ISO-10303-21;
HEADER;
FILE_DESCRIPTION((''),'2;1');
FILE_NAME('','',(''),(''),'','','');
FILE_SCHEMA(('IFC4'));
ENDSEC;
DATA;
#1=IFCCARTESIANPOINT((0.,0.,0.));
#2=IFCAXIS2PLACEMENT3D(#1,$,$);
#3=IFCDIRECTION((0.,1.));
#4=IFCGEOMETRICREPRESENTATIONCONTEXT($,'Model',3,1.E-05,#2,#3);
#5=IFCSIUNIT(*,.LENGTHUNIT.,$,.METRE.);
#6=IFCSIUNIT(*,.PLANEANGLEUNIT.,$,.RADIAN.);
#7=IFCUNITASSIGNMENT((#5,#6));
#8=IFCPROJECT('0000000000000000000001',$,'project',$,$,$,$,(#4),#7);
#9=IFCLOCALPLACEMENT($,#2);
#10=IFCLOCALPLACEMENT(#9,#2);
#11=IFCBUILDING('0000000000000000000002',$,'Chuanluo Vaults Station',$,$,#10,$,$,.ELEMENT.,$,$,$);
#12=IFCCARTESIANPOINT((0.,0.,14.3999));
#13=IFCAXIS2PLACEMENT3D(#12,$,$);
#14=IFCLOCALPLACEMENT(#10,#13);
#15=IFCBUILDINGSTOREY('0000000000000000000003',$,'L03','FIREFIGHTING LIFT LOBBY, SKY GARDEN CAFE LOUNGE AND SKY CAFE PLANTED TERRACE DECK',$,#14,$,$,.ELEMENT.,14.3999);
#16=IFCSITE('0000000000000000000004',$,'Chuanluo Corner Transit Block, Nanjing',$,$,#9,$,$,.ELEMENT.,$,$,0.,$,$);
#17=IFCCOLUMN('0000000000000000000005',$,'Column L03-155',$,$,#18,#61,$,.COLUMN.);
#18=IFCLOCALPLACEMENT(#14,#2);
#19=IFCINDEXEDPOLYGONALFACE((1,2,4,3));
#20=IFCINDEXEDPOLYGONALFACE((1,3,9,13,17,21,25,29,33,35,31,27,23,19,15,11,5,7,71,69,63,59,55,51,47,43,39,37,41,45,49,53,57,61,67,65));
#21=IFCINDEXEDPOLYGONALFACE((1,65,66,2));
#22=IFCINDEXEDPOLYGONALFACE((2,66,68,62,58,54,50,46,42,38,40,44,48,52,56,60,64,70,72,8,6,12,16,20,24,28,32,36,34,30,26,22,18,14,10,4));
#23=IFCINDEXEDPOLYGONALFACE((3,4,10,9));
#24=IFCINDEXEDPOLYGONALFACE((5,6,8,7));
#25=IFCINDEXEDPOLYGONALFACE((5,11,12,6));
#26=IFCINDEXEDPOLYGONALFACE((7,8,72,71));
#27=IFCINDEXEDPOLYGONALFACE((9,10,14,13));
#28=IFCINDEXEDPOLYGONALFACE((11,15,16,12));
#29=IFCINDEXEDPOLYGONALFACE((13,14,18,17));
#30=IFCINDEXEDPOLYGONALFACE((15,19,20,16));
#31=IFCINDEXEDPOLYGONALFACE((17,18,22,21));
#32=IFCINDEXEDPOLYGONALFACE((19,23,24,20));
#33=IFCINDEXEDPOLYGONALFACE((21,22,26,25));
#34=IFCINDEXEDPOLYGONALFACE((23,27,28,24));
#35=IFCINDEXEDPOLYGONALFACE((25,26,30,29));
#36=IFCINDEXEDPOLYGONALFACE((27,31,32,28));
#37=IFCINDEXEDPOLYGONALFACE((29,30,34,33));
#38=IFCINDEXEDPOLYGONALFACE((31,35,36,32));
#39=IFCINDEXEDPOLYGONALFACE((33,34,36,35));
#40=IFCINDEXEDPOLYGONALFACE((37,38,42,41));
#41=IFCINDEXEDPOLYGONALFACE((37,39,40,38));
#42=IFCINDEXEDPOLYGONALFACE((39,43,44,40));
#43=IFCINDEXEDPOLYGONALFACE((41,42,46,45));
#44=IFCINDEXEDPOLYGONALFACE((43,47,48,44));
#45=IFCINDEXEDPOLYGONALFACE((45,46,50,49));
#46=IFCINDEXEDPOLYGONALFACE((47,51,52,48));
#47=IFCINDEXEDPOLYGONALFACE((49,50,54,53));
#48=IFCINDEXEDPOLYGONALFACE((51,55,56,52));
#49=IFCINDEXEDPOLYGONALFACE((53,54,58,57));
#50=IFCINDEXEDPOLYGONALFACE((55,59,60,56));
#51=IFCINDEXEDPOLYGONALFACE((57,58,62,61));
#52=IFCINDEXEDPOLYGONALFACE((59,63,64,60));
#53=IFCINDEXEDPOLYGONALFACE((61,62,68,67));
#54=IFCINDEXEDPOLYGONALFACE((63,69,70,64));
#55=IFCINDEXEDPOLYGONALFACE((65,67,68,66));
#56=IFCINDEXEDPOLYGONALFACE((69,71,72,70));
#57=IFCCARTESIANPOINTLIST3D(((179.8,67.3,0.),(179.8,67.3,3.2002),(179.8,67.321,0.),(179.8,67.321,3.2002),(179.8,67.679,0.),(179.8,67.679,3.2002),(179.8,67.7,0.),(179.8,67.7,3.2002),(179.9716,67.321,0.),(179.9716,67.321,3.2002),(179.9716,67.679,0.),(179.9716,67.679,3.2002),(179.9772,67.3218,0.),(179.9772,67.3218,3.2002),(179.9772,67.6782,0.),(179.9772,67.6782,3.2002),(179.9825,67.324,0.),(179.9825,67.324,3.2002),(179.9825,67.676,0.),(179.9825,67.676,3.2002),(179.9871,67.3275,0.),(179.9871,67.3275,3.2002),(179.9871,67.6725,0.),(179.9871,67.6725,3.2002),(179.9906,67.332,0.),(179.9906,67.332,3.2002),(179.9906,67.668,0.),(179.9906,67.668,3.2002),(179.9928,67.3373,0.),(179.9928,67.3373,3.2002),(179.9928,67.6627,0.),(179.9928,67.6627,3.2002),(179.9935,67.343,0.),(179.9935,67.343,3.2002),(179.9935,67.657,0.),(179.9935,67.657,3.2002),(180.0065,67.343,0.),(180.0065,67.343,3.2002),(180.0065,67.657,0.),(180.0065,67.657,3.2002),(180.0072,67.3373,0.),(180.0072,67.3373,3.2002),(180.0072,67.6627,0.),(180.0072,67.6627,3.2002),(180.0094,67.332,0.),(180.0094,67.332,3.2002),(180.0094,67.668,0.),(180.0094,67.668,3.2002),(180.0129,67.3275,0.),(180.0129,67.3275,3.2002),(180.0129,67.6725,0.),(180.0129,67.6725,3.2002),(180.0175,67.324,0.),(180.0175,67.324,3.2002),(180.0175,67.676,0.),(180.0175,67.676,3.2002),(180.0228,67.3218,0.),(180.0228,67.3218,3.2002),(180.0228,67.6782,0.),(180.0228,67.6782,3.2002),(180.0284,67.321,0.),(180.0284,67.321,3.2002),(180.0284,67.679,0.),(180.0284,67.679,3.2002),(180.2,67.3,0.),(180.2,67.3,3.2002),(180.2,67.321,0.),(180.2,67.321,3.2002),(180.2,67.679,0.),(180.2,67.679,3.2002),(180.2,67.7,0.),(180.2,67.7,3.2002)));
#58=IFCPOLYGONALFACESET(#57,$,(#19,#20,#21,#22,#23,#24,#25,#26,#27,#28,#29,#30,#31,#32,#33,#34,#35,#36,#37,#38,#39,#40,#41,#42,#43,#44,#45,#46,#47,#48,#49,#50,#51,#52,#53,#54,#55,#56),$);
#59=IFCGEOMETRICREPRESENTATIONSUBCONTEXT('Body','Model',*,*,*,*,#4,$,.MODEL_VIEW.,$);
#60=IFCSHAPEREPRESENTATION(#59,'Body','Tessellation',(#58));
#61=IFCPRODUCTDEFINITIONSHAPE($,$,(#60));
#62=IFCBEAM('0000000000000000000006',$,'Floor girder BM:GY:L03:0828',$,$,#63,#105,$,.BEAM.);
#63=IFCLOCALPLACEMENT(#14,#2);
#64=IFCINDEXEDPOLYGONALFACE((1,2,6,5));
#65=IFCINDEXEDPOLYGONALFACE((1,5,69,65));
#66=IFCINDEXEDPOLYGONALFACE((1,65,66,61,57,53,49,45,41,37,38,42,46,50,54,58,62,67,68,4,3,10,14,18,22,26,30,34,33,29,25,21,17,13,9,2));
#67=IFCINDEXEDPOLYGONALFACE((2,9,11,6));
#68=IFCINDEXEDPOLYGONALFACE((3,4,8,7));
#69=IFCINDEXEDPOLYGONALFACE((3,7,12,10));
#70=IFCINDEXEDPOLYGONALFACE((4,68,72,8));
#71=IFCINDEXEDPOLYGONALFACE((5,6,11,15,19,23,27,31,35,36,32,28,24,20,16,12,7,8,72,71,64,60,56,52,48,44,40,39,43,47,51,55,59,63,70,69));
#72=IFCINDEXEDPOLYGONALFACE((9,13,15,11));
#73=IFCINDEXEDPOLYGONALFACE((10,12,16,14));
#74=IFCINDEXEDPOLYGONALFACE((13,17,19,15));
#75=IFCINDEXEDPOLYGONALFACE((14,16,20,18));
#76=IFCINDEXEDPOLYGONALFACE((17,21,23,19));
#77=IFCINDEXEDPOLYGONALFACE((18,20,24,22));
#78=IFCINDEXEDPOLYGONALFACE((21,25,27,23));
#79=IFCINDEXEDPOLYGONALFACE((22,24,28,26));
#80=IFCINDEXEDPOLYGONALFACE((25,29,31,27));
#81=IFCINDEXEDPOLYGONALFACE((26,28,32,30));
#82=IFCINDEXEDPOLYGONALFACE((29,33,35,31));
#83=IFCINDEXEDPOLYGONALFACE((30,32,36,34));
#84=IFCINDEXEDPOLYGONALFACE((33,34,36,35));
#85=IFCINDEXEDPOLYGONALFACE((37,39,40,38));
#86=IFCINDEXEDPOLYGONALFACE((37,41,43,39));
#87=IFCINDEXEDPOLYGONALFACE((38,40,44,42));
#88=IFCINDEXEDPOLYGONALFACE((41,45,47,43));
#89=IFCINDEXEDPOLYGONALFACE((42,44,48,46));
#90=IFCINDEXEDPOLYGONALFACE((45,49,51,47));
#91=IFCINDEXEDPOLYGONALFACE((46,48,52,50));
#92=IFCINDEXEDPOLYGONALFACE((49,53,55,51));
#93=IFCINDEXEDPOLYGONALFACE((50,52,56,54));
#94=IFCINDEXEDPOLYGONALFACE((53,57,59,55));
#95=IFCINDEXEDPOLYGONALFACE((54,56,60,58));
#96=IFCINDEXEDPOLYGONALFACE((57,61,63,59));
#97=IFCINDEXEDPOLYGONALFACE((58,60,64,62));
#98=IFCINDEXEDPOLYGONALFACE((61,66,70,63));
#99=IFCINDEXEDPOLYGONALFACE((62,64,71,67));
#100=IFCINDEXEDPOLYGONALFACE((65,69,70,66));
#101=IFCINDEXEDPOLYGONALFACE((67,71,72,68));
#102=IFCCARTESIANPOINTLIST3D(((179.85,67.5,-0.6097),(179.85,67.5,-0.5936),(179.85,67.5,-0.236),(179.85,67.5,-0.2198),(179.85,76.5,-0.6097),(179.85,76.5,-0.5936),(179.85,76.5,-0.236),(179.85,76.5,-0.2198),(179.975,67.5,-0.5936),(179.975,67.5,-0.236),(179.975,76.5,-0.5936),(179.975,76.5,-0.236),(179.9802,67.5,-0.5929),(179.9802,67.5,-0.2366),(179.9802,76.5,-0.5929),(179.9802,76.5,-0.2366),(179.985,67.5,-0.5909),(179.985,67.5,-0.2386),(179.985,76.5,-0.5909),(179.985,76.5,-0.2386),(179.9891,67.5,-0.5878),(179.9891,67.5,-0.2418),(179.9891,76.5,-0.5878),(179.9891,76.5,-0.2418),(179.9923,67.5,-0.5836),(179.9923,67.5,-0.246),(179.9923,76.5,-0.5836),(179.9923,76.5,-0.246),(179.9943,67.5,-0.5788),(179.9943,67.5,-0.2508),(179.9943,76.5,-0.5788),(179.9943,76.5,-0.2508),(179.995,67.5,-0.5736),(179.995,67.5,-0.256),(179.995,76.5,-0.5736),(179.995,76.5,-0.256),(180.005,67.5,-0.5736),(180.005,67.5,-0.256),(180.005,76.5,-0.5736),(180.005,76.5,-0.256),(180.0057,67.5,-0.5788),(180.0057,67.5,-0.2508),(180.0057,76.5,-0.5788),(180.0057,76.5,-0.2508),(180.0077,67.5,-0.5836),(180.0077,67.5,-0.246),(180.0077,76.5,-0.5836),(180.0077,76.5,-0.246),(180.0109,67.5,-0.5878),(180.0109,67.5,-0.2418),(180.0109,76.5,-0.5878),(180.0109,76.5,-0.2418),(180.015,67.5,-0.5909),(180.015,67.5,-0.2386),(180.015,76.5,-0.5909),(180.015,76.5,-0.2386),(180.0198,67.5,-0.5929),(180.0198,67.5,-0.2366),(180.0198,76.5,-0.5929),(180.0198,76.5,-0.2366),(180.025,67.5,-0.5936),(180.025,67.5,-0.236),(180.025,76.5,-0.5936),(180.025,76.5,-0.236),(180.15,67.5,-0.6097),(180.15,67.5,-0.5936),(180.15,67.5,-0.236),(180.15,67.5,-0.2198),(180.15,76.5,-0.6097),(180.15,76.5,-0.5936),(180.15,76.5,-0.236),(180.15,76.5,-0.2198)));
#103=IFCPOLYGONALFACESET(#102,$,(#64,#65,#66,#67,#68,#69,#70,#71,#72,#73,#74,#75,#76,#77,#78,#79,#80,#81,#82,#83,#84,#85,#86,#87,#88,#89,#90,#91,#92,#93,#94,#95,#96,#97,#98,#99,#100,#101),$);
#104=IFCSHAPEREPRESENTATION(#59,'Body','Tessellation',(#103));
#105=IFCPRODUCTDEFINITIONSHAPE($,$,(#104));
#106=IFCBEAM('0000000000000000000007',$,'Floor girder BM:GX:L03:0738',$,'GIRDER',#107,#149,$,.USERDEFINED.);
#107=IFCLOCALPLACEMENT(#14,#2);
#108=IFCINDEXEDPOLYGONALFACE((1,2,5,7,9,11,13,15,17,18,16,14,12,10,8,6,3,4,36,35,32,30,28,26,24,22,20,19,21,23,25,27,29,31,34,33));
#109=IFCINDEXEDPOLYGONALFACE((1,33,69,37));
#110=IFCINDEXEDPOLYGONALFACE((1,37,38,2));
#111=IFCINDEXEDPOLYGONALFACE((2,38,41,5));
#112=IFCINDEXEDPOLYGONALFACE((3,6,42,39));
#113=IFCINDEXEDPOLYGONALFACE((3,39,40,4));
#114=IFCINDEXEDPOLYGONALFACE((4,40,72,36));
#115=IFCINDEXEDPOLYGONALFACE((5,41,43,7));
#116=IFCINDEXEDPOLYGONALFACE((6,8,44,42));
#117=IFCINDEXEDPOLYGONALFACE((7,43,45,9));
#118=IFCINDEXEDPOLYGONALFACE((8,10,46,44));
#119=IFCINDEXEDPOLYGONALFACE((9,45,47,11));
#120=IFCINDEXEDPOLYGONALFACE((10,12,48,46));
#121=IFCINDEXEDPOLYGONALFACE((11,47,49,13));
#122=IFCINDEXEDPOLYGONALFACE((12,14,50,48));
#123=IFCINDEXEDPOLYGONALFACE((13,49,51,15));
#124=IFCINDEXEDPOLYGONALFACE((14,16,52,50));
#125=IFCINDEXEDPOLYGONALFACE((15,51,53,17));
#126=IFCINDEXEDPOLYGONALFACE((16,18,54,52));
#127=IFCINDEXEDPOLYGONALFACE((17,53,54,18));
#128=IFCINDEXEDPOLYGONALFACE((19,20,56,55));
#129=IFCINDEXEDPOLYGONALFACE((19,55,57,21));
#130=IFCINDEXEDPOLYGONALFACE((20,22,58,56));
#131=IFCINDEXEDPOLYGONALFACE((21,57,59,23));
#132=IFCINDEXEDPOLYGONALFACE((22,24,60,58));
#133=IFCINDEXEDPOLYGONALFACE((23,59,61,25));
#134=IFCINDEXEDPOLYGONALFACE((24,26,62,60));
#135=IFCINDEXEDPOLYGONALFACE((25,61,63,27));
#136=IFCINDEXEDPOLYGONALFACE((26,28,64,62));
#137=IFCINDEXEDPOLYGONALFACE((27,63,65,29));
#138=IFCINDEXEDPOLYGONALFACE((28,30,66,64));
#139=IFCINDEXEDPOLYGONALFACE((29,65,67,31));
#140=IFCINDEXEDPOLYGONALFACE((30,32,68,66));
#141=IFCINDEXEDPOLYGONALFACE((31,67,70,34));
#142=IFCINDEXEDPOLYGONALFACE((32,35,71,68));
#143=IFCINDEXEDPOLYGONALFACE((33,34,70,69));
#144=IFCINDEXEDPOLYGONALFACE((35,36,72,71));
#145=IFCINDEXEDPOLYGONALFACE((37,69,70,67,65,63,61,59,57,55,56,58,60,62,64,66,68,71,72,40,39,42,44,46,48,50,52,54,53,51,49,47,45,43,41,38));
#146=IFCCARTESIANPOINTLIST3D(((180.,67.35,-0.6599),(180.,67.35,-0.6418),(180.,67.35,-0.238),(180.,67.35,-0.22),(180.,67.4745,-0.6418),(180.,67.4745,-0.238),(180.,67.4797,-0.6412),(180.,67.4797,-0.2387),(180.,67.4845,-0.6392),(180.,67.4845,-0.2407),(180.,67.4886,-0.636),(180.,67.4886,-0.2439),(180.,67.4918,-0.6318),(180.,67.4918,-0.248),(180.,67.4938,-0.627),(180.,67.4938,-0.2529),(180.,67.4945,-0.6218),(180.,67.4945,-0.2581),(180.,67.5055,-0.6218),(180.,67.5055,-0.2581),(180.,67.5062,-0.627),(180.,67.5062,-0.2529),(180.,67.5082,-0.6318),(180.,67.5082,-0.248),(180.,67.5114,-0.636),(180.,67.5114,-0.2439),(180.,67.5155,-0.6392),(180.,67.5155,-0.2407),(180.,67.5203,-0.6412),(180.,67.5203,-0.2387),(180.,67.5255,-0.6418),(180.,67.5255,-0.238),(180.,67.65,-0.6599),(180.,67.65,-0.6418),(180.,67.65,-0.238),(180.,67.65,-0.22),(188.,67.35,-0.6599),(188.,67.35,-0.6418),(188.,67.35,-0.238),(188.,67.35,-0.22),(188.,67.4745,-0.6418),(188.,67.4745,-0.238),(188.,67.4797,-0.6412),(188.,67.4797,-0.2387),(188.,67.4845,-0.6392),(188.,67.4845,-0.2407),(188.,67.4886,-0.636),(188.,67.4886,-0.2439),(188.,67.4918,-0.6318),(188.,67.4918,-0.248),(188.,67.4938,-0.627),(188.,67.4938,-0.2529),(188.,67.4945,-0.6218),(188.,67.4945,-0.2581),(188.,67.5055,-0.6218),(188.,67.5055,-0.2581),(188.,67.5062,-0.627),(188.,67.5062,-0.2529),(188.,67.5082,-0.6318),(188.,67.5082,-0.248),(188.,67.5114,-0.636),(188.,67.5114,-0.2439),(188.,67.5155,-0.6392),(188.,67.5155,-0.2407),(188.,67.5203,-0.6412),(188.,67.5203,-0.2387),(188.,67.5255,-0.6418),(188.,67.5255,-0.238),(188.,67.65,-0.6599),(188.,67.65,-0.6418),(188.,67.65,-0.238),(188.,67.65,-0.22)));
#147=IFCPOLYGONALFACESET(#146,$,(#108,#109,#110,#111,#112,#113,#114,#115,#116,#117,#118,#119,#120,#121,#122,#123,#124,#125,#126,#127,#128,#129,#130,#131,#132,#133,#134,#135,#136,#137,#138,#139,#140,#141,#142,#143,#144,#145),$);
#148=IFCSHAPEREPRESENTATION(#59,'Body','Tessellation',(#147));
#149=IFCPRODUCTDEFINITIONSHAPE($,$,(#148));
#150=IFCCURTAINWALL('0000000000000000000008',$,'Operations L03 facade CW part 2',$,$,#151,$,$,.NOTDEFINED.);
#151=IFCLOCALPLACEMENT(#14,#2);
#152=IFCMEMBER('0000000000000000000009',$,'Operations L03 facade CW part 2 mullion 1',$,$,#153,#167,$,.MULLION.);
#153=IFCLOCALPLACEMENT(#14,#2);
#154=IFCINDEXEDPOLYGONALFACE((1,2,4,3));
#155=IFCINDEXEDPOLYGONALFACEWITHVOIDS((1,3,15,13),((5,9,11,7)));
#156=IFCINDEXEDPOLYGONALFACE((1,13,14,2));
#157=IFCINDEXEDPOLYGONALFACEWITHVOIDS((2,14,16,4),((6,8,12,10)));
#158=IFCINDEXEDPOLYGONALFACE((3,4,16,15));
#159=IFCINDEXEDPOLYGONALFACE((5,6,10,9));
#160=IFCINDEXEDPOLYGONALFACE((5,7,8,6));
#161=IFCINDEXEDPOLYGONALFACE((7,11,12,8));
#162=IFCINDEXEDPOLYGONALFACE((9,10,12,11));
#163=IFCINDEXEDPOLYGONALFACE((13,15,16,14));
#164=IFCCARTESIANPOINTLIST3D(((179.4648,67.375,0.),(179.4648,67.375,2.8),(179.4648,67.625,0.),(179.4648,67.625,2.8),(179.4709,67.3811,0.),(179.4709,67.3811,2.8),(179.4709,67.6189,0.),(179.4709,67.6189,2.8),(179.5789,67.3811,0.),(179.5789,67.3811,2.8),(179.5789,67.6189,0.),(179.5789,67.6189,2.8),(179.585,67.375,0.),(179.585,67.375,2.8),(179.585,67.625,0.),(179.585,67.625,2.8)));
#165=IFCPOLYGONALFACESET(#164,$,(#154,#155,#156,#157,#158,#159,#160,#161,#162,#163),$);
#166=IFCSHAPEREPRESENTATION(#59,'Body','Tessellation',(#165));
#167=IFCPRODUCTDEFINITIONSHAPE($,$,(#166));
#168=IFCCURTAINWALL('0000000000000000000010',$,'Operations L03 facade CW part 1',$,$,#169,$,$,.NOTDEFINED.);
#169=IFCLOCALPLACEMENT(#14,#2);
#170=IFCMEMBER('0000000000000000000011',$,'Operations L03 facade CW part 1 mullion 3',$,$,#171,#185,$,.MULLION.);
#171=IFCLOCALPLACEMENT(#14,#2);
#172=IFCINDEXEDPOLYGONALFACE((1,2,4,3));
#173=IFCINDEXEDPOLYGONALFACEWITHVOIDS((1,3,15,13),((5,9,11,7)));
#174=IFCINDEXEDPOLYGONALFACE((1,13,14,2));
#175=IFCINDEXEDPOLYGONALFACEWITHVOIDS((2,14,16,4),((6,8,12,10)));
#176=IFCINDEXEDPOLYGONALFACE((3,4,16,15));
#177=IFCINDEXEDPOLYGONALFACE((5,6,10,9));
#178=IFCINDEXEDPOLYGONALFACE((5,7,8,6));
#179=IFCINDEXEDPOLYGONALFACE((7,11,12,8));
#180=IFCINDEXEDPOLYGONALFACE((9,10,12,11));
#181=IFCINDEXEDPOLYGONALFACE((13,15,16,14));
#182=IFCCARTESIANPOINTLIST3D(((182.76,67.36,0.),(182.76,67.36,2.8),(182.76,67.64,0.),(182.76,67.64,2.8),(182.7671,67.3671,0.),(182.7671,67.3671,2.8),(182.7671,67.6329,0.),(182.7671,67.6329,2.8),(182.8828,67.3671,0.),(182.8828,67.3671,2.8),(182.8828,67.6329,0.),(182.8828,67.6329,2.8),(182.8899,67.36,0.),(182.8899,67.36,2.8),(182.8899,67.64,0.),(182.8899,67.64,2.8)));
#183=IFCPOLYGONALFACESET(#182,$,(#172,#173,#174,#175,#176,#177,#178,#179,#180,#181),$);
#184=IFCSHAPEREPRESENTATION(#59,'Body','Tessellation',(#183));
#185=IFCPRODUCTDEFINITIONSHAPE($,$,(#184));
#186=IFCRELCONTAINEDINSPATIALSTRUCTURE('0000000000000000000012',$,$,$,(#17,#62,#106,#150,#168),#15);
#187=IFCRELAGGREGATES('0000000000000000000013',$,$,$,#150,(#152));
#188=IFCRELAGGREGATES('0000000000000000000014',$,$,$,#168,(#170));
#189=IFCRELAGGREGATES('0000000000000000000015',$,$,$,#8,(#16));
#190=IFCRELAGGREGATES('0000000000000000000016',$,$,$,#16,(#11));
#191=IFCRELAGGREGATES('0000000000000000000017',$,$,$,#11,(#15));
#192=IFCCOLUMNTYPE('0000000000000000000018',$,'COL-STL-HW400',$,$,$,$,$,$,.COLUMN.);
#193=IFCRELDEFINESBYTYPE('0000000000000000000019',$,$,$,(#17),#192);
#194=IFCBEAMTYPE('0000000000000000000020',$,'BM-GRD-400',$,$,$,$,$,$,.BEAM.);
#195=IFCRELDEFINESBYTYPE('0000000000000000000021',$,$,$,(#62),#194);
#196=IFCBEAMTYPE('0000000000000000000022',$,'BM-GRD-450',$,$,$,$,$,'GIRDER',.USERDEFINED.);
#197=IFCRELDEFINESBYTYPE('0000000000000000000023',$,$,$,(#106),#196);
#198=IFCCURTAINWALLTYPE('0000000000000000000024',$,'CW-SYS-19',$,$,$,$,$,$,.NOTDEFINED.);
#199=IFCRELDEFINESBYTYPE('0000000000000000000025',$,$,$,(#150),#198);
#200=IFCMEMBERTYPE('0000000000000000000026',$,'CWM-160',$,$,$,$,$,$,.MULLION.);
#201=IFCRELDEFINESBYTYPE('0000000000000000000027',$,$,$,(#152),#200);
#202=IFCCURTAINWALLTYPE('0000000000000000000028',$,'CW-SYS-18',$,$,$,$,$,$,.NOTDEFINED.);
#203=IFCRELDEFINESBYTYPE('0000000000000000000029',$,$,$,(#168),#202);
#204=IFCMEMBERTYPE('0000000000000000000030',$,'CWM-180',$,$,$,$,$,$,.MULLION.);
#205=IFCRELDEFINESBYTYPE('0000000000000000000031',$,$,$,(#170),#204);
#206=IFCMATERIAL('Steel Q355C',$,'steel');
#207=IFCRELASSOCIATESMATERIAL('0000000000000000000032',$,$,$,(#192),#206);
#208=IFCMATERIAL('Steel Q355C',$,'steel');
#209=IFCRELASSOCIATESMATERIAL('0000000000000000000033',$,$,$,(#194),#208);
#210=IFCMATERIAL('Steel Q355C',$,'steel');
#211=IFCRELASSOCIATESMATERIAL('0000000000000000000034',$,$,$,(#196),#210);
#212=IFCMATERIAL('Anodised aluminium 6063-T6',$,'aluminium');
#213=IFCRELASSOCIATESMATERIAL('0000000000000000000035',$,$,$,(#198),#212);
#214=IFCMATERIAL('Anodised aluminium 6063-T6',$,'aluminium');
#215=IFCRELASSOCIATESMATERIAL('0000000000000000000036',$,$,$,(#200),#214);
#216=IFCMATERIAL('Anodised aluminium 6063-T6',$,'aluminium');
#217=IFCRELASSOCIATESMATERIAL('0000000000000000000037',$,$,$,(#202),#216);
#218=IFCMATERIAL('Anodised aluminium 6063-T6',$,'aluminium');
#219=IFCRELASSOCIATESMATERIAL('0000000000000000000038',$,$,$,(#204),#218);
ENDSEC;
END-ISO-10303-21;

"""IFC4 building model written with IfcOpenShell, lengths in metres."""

from ifc_helpers import new_model, si_unit, direction, frame, origin, origin_2d, place, context, subcontext, project, spatial, hollow_rectangle, i_section, extrude, material, material_profile, profile_set, type_object, element, aggregate, save


model = new_model("IFC4")

# Units and contexts
model_context = context("Model", 3, precision=1e-05, world=origin(), true_north=direction((0.0, 1.0)))
body_context = subcontext(model_context, "Body", "Model", "MODEL_VIEW")
ifc_project = project(units=[si_unit("LENGTHUNIT", "METRE"), si_unit("PLANEANGLEUNIT", "RADIAN")], contexts=[model_context])

# Site, building, storey
site_placement = place(None, origin())
site = spatial("IfcSite", under=ifc_project, at=site_placement, Name="Chuanluo Corner Transit Block, Nanjing", CompositionType="ELEMENT", RefElevation=0.0)
building_placement = place(site_placement, origin())
building = spatial("IfcBuilding", under=site, at=building_placement, Name="Chuanluo Vaults Station", CompositionType="ELEMENT")
storey_placement = place(building_placement, frame((0.0, 0.0, 14.3999)))
storey = spatial("IfcBuildingStorey", under=building, at=storey_placement, Name="L03", Description="FIREFIGHTING LIFT LOBBY, SKY GARDEN CAFE LOUNGE AND SKY CAFE PLANTED TERRACE DECK", CompositionType="ELEMENT", Elevation=14.3999)

# Column
ifc_material_1 = material(Name="Steel Q355C", Category="steel")
ifc_material_profile_1 = material_profile(ifc_material_1, i_section(OverallWidth=0.3999, OverallDepth=0.3999, WebThickness=0.0129, FlangeThickness=0.021, FilletRadius=0.022, at=origin_2d()))
ifc_profile_set_1 = profile_set([ifc_material_profile_1], Name="Steel Q355C")
column_type = type_object("IfcColumnType", Name="COL-STL-HW400", PredefinedType="COLUMN", material=ifc_profile_set_1)
column_placement = place(storey_placement, frame((180.0, 67.5, 0.0), z_axis=(0.0, 0.0, 1.0), x_axis=(1.0, 0.0, 0.0)))
element("IfcColumn", 1, at=column_placement, inside=storey, type_object=column_type, Name="Column L03-155", PredefinedType="COLUMN", context=body_context, shape_type="SweptSolid", body=[
    extrude(i_section(OverallWidth=0.3999, OverallDepth=0.3999, WebThickness=0.0129, FlangeThickness=0.021, FilletRadius=0.022, at=origin_2d()), origin(), (0.0, 0.0, 1.0), 3.2002),
])

# Beams
ifc_material_2 = material(Name="Steel Q355C", Category="steel")
ifc_material_profile_2 = material_profile(ifc_material_2, i_section(OverallWidth=0.3, OverallDepth=0.3899, WebThickness=0.01, FlangeThickness=0.0161, FilletRadius=0.02, at=origin_2d()))
ifc_profile_set_2 = profile_set([ifc_material_profile_2], Name="Steel Q355C")
beam_type_1 = type_object("IfcBeamType", Name="BM-GRD-400", PredefinedType="BEAM", material=ifc_profile_set_2)
beam_1_placement = place(storey_placement, frame((180.0, 67.5, -0.4148), z_axis=(0.0, 1.0, 0.0), x_axis=(-1.0, 0.0, 0.0)))
element("IfcBeam", 2, at=beam_1_placement, inside=storey, type_object=beam_type_1, Name="Floor girder BM:GY:L03:0828", PredefinedType="BEAM", context=body_context, shape_type="SweptSolid", body=[
    extrude(i_section(OverallWidth=0.3, OverallDepth=0.3899, WebThickness=0.01, FlangeThickness=0.0161, FilletRadius=0.02, at=origin_2d()), origin(), (0.0, 0.0, 1.0), 9.0),
])
ifc_material_3 = material(Name="Steel Q355C", Category="steel")
ifc_material_profile_3 = material_profile(ifc_material_3, i_section(OverallWidth=0.3, OverallDepth=0.4399, WebThickness=0.011, FlangeThickness=0.0181, FilletRadius=0.02, at=origin_2d()))
ifc_profile_set_3 = profile_set([ifc_material_profile_3], Name="Steel Q355C")
beam_type_2 = type_object("IfcBeamType", Name="BM-GRD-450", ElementType="GIRDER", PredefinedType="USERDEFINED", material=ifc_profile_set_3)
beam_2_placement = place(storey_placement, frame((180.0, 67.5, -0.4399), z_axis=(1.0, 0.0, 0.0), x_axis=(0.0, 1.0, 0.0)))
element("IfcBeam", 3, at=beam_2_placement, inside=storey, type_object=beam_type_2, Name="Floor girder BM:GX:L03:0738", ObjectType="GIRDER", PredefinedType="USERDEFINED", context=body_context, shape_type="SweptSolid", body=[
    extrude(i_section(OverallWidth=0.3, OverallDepth=0.4399, WebThickness=0.011, FlangeThickness=0.0181, FilletRadius=0.02, at=origin_2d()), origin(), (0.0, 0.0, 1.0), 8.0),
])

# Curtain wall, member
ifc_material_4 = material(Name="Anodised aluminium 6063-T6", Category="aluminium")
curtain_wall_type_1 = type_object("IfcCurtainWallType", Name="CW-SYS-19", PredefinedType="NOTDEFINED", material=ifc_material_4)
curtain_wall_1_placement = place(storey_placement, origin())
curtain_wall_1 = element("IfcCurtainWall", 4, at=curtain_wall_1_placement, inside=storey, type_object=curtain_wall_type_1, Name="Operations L03 facade CW part 2", PredefinedType="NOTDEFINED")
ifc_material_5 = material(Name="Anodised aluminium 6063-T6", Category="aluminium")
ifc_material_profile_4 = material_profile(ifc_material_5, hollow_rectangle(XDim=0.1201, YDim=0.25, WallThickness=0.0061, at=origin_2d()))
ifc_profile_set_4 = profile_set([ifc_material_profile_4], Name="Anodised aluminium 6063-T6")
member_type_1 = type_object("IfcMemberType", Name="CWM-160", PredefinedType="MULLION", material=ifc_profile_set_4)
member_1_placement = place(storey_placement, frame((179.5249, 67.5, 0.0), z_axis=(0.0, 0.0, 1.0), x_axis=(-1.0, 0.0, 0.0)))
member_1 = element("IfcMember", 5, at=member_1_placement, type_object=member_type_1, Name="Operations L03 facade CW part 2 mullion 1", PredefinedType="MULLION", context=body_context, shape_type="SweptSolid", body=[
    extrude(hollow_rectangle(XDim=0.1201, YDim=0.25, WallThickness=0.0061, at=origin_2d()), origin(), (0.0, 0.0, 1.0), 2.8),
])

# Curtain wall, member
ifc_material_6 = material(Name="Anodised aluminium 6063-T6", Category="aluminium")
curtain_wall_type_2 = type_object("IfcCurtainWallType", Name="CW-SYS-18", PredefinedType="NOTDEFINED", material=ifc_material_6)
curtain_wall_2_placement = place(storey_placement, origin())
curtain_wall_2 = element("IfcCurtainWall", 6, at=curtain_wall_2_placement, inside=storey, type_object=curtain_wall_type_2, Name="Operations L03 facade CW part 1", PredefinedType="NOTDEFINED")
ifc_material_7 = material(Name="Anodised aluminium 6063-T6", Category="aluminium")
ifc_material_profile_5 = material_profile(ifc_material_7, hollow_rectangle(XDim=0.1299, YDim=0.28, WallThickness=0.0071, at=origin_2d()))
ifc_profile_set_5 = profile_set([ifc_material_profile_5], Name="Anodised aluminium 6063-T6")
member_type_2 = type_object("IfcMemberType", Name="CWM-180", PredefinedType="MULLION", material=ifc_profile_set_5)
member_2_placement = place(storey_placement, frame((182.825, 67.5, 0.0), z_axis=(0.0, 0.0, 1.0), x_axis=(-1.0, 0.0, 0.0)))
member_2 = element("IfcMember", 7, at=member_2_placement, type_object=member_type_2, Name="Operations L03 facade CW part 1 mullion 3", PredefinedType="MULLION", context=body_context, shape_type="SweptSolid", body=[
    extrude(hollow_rectangle(XDim=0.1299, YDim=0.28, WallThickness=0.0071, at=origin_2d()), origin(), (0.0, 0.0, 1.0), 2.8),
])

aggregate(curtain_wall_1, [member_1])
aggregate(curtain_wall_2, [member_2])

save(model, "model.ifc")
